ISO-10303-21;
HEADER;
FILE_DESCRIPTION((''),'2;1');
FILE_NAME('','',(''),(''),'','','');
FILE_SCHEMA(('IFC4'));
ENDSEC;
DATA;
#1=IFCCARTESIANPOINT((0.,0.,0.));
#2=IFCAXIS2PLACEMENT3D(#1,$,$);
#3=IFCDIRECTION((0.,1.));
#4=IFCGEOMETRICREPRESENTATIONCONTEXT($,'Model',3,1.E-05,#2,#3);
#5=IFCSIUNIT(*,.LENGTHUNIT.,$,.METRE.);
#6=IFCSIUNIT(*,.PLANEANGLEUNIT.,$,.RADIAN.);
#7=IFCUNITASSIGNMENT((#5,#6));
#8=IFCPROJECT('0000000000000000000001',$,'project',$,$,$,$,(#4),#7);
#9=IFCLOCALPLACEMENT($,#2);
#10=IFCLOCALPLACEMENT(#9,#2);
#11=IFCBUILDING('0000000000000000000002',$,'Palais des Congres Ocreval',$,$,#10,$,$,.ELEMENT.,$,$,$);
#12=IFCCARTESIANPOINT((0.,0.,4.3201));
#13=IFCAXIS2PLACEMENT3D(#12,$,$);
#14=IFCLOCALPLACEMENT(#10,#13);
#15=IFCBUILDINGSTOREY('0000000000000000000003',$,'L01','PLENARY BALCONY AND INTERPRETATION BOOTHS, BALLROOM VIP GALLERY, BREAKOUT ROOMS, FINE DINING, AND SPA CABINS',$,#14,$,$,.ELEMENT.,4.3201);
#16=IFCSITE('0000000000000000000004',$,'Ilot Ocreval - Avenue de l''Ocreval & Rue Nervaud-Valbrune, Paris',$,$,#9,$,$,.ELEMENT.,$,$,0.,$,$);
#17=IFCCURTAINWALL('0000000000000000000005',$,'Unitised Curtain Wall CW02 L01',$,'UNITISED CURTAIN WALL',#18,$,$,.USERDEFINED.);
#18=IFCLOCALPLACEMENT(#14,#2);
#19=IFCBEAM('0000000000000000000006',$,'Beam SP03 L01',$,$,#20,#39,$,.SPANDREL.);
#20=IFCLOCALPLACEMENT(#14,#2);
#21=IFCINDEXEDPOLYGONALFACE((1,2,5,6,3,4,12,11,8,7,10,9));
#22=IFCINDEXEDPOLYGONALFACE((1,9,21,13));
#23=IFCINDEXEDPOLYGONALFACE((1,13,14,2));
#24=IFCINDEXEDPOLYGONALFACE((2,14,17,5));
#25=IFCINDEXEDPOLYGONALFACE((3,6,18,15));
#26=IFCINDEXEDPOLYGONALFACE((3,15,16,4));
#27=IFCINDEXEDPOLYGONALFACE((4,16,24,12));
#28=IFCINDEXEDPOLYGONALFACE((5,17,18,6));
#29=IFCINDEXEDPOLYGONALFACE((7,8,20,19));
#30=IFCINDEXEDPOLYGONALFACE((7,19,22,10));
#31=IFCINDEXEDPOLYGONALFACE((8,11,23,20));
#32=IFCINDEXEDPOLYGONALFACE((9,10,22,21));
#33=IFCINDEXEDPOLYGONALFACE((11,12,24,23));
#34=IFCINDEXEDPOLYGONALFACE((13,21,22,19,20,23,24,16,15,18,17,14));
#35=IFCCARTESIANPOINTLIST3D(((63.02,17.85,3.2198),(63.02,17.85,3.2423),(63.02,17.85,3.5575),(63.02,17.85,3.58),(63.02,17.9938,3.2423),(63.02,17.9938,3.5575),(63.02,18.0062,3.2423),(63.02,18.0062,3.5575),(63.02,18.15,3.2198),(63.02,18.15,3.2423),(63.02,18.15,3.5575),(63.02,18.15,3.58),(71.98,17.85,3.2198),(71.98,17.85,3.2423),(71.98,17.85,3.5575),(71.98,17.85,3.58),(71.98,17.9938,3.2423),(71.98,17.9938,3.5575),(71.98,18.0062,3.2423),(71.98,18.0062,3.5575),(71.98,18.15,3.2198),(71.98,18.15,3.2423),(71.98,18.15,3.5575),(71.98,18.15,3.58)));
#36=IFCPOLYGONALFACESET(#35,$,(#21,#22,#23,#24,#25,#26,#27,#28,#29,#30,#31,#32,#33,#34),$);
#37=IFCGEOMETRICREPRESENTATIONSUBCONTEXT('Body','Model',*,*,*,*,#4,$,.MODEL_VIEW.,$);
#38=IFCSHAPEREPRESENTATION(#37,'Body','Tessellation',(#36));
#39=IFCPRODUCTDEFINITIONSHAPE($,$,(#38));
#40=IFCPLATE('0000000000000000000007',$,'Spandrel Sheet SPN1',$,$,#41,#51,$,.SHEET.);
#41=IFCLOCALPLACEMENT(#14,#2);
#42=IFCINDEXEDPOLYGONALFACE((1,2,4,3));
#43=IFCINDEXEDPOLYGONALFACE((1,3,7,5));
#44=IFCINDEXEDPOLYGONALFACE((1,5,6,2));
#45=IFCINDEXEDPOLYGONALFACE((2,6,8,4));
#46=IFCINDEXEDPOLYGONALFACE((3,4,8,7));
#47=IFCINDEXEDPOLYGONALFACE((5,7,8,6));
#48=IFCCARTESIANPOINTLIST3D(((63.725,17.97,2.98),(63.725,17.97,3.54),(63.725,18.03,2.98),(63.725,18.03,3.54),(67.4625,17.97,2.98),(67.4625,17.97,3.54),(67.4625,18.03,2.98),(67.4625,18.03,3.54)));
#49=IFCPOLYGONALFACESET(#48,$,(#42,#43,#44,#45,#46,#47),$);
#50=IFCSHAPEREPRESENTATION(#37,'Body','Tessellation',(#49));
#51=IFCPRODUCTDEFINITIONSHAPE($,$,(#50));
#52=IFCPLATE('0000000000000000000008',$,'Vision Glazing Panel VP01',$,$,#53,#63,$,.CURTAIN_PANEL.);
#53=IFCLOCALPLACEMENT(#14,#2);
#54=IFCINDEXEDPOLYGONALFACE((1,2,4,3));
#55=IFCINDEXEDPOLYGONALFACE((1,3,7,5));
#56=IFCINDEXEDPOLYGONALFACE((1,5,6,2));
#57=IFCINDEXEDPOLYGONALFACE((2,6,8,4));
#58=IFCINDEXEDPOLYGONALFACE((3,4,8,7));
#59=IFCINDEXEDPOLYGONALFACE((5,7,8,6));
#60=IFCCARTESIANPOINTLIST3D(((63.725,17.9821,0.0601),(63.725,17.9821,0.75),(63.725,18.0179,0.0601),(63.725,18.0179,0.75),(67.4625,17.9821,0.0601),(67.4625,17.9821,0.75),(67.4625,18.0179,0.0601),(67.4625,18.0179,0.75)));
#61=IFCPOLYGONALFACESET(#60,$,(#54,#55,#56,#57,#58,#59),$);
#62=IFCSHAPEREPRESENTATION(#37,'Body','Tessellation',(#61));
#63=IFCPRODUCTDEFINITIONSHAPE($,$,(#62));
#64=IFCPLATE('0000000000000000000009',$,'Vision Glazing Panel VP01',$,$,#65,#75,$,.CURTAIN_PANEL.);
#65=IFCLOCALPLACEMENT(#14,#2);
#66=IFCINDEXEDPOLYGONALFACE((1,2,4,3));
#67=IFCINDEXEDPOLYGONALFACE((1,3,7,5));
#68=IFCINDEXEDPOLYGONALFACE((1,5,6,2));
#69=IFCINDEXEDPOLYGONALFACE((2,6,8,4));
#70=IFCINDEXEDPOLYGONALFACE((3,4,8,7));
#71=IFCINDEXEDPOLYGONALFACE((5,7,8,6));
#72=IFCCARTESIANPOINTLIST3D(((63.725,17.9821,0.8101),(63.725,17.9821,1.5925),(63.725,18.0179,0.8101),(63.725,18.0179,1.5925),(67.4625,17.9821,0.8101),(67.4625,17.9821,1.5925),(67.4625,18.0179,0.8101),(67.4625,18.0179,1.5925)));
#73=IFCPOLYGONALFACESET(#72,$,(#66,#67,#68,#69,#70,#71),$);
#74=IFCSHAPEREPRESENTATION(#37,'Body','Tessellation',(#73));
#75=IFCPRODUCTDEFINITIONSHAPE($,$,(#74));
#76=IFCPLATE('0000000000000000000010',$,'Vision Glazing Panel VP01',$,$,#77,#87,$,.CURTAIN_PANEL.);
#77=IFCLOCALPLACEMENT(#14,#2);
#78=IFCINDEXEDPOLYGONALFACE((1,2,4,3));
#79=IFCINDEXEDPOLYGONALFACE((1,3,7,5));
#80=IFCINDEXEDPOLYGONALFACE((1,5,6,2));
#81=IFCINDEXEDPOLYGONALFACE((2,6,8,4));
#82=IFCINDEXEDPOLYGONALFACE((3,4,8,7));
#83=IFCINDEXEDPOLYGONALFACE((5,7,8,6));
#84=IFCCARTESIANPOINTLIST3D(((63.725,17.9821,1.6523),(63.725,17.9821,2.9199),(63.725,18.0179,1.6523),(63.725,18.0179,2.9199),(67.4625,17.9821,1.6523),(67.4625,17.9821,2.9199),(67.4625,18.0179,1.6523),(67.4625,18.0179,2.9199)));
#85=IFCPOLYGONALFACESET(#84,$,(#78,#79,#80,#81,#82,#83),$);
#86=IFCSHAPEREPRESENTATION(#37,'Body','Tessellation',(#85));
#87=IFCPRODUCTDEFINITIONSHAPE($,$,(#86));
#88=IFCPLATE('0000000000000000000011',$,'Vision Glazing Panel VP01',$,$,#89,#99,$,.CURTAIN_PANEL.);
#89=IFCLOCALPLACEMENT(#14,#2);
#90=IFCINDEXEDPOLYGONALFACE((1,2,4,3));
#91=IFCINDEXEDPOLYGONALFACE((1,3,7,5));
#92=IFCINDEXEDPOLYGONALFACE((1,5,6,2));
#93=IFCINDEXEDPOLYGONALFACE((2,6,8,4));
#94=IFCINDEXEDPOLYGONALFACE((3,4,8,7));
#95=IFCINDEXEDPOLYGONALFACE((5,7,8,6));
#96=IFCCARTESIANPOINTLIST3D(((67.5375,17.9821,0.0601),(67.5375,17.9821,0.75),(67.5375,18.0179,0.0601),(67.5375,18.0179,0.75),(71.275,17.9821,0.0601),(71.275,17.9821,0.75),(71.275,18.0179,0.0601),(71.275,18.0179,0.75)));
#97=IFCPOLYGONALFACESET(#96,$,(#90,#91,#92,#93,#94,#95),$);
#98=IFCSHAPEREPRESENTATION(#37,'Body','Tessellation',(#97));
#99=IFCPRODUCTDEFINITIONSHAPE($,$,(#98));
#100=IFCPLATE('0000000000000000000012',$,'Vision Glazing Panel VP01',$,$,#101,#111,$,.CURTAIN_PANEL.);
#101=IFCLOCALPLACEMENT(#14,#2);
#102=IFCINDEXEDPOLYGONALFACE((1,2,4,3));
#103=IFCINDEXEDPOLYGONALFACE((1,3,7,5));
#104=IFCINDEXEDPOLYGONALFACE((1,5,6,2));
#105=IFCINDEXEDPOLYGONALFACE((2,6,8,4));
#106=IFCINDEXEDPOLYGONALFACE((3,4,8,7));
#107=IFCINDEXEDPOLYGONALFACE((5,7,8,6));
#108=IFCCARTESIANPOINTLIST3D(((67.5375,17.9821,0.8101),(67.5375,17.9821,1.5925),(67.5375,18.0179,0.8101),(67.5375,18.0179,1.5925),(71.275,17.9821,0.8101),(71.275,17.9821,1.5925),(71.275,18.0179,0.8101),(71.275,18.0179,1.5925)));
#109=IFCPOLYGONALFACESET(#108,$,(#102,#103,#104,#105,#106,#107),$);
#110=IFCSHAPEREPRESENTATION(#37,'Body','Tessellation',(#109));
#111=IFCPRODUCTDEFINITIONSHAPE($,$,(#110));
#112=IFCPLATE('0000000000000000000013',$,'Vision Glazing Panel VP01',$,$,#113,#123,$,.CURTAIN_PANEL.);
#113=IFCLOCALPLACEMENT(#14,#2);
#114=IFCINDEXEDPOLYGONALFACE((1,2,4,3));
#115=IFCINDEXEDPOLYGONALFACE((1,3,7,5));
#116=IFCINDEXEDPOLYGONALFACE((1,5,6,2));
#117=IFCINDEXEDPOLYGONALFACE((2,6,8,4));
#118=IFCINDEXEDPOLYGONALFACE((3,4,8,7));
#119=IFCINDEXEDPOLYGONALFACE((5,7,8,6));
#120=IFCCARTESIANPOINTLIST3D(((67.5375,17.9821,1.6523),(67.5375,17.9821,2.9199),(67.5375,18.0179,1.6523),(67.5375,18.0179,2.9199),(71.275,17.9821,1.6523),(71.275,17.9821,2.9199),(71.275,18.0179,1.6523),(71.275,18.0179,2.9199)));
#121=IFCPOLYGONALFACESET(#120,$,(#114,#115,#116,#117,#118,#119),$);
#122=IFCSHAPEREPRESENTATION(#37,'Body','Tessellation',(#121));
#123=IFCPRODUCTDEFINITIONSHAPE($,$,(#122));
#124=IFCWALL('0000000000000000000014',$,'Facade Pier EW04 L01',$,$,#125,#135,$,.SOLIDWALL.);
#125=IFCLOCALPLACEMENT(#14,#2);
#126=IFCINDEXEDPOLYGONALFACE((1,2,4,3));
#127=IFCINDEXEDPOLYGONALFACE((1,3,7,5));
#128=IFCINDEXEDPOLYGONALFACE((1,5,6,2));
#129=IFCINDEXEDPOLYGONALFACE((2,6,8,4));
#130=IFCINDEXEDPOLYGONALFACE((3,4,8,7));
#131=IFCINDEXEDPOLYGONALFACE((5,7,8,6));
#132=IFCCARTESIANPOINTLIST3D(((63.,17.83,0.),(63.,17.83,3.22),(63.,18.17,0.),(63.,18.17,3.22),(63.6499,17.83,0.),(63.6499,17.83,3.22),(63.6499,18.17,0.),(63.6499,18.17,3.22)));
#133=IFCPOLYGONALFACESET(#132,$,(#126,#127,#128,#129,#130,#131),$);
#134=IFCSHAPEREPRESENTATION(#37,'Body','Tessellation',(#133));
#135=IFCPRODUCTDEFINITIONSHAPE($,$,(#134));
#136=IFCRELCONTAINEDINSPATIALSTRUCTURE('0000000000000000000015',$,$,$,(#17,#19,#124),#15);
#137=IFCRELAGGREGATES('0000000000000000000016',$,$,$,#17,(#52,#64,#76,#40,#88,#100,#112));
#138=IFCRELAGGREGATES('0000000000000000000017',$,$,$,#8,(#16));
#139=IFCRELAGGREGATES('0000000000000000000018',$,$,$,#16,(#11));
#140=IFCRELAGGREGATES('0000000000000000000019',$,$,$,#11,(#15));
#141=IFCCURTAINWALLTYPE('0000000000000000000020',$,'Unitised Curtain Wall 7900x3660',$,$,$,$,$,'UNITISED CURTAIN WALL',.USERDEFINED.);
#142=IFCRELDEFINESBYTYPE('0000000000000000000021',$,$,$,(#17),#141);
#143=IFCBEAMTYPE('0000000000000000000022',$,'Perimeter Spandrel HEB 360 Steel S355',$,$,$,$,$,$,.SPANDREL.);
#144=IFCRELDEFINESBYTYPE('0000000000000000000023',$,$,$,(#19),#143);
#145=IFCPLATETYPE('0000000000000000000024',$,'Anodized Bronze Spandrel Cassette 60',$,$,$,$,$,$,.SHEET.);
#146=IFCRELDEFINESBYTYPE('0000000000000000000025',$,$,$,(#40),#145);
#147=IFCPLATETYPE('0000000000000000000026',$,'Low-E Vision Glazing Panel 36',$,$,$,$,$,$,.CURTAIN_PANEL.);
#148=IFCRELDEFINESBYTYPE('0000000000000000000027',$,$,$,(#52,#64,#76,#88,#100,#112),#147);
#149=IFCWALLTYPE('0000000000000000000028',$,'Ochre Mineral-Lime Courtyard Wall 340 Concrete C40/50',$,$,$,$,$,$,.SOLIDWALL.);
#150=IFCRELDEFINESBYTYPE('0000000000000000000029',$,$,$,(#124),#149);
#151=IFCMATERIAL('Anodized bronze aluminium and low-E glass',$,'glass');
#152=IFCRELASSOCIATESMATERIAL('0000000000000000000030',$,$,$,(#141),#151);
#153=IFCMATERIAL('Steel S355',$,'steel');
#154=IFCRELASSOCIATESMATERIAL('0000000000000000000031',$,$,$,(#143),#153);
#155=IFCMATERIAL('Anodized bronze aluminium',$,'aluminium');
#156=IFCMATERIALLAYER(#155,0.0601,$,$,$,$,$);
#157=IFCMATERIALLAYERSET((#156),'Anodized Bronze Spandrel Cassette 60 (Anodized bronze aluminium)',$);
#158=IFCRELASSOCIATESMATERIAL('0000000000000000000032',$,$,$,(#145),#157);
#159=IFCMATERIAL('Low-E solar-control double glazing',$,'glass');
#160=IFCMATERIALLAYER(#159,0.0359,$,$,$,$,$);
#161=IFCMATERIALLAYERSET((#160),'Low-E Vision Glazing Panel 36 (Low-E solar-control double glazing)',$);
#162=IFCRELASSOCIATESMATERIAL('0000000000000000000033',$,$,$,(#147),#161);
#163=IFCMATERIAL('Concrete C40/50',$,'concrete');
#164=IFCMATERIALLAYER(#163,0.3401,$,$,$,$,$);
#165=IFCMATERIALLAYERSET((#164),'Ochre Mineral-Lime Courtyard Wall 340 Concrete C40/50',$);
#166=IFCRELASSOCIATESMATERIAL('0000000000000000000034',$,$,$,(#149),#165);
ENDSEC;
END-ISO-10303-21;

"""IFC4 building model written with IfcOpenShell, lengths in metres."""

from ifc_helpers import new_model, si_unit, direction, frame, frame_2d, origin, origin_2d, place, context, subcontext, project, spatial, rectangle, i_section, extrude, material, layer, layer_set, material_profile, profile_set, type_object, element, aggregate, save


model = new_model("IFC4")

# Units and contexts
model_context = context("Model", 3, precision=1e-05, world=origin(), true_north=direction((0.0, 1.0)))
body_context = subcontext(model_context, "Body", "Model", "MODEL_VIEW")
ifc_project = project(units=[si_unit("LENGTHUNIT", "METRE"), si_unit("PLANEANGLEUNIT", "RADIAN")], contexts=[model_context])

# Site, building, storey
site_placement = place(None, origin())
site = spatial("IfcSite", under=ifc_project, at=site_placement, Name="Ilot Ocreval - Avenue de l'Ocreval & Rue Nervaud-Valbrune, Paris", CompositionType="ELEMENT", RefElevation=0.0)
building_placement = place(site_placement, origin())
building = spatial("IfcBuilding", under=site, at=building_placement, Name="Palais des Congres Ocreval", CompositionType="ELEMENT")
storey_placement = place(building_placement, frame((0.0, 0.0, 4.3201)))
storey = spatial("IfcBuildingStorey", under=building, at=storey_placement, Name="L01", Description="PLENARY BALCONY AND INTERPRETATION BOOTHS, BALLROOM VIP GALLERY, BREAKOUT ROOMS, FINE DINING, AND SPA CABINS", CompositionType="ELEMENT", Elevation=4.3201)

# Shared definitions
ifc_material_1 = material(Name="Concrete C40/50", Category="concrete")

# Curtain wall
ifc_material_2 = material(Name="Anodized bronze aluminium and low-E glass", Category="glass")
curtain_wall_type = type_object("IfcCurtainWallType", Name="Unitised Curtain Wall 7900x3660", ElementType="UNITISED CURTAIN WALL", PredefinedType="USERDEFINED", material=ifc_material_2)
curtain_wall_placement = place(storey_placement, origin())
curtain_wall = element("IfcCurtainWall", 1, at=curtain_wall_placement, inside=storey, type_object=curtain_wall_type, Name="Unitised Curtain Wall CW02 L01", ObjectType="UNITISED CURTAIN WALL", PredefinedType="USERDEFINED")
ifc_material_3 = material(Name="Anodized bronze aluminium", Category="aluminium")

# Beam
ifc_material_4 = material(Name="Steel S355", Category="steel")
ifc_material_profile_1 = material_profile(ifc_material_4, i_section(OverallWidth=0.3, OverallDepth=0.3601, WebThickness=0.0125, FlangeThickness=0.0225, at=origin_2d()), Name="HEB 360")
ifc_profile_set_1 = profile_set([ifc_material_profile_1], Name="Steel S355")
beam_type = type_object("IfcBeamType", Name="Perimeter Spandrel HEB 360 Steel S355", PredefinedType="SPANDREL", material=ifc_profile_set_1)
beam_placement = place(storey_placement, frame((63.02, 18.0, 3.3999), z_axis=(1.0, 0.0, 0.0), x_axis=(0.0, 1.0, 0.0)))
element("IfcBeam", 2, at=beam_placement, inside=storey, type_object=beam_type, Name="Beam SP03 L01", PredefinedType="SPANDREL", context=body_context, shape_type="SweptSolid", body=[
    extrude(i_section(OverallWidth=0.3, OverallDepth=0.3601, WebThickness=0.0125, FlangeThickness=0.0225, at=origin_2d()), origin(), (0.0, 0.0, 1.0), 8.96),
])

# Plates
ifc_layer_1 = layer(ifc_material_3, 0.0601)
ifc_layer_set_1 = layer_set([ifc_layer_1], Name="Anodized Bronze Spandrel Cassette 60 (Anodized bronze aluminium)")
plate_type_1 = type_object("IfcPlateType", Name="Anodized Bronze Spandrel Cassette 60", PredefinedType="SHEET", material=ifc_layer_set_1)
plate_1_placement = place(storey_placement, frame((65.5938, 18.0, 2.98), z_axis=(0.0, 0.0, 1.0), x_axis=(1.0, 0.0, 0.0)))
plate_1 = element("IfcPlate", 3, at=plate_1_placement, type_object=plate_type_1, Name="Spandrel Sheet SPN1", PredefinedType="SHEET", context=body_context, shape_type="SweptSolid", body=[
    extrude(rectangle(XDim=3.7375, YDim=0.0601, at=origin_2d()), origin(), (0.0, 0.0, 1.0), 0.5601),
])
ifc_material_5 = material(Name="Low-E solar-control double glazing", Category="glass")
ifc_layer_2 = layer(ifc_material_5, 0.0359)
ifc_layer_set_2 = layer_set([ifc_layer_2], Name="Low-E Vision Glazing Panel 36 (Low-E solar-control double glazing)")
plate_type_2 = type_object("IfcPlateType", Name="Low-E Vision Glazing Panel 36", PredefinedType="CURTAIN_PANEL", material=ifc_layer_set_2)
plate_2_placement = place(storey_placement, frame((65.5938, 18.0, 0.0601), z_axis=(0.0, 0.0, 1.0), x_axis=(1.0, 0.0, 0.0)))
plate_2 = element("IfcPlate", 4, at=plate_2_placement, type_object=plate_type_2, Name="Vision Glazing Panel VP01", PredefinedType="CURTAIN_PANEL", context=body_context, shape_type="SweptSolid", body=[
    extrude(rectangle(XDim=3.7375, YDim=0.0359, at=origin_2d()), origin(), (0.0, 0.0, 1.0), 0.6899),
])
plate_3_placement = place(storey_placement, frame((65.5938, 18.0, 0.8101), z_axis=(0.0, 0.0, 1.0), x_axis=(1.0, 0.0, 0.0)))
plate_3 = element("IfcPlate", 5, at=plate_3_placement, type_object=plate_type_2, Name="Vision Glazing Panel VP01", PredefinedType="CURTAIN_PANEL", context=body_context, shape_type="SweptSolid", body=[
    extrude(rectangle(XDim=3.7375, YDim=0.0359, at=origin_2d()), origin(), (0.0, 0.0, 1.0), 0.7825),
])
plate_4_placement = place(storey_placement, frame((65.5938, 18.0, 1.6523), z_axis=(0.0, 0.0, 1.0), x_axis=(1.0, 0.0, 0.0)))
plate_4 = element("IfcPlate", 6, at=plate_4_placement, type_object=plate_type_2, Name="Vision Glazing Panel VP01", PredefinedType="CURTAIN_PANEL", context=body_context, shape_type="SweptSolid", body=[
    extrude(rectangle(XDim=3.7375, YDim=0.0359, at=origin_2d()), origin(), (0.0, 0.0, 1.0), 1.2676),
])
plate_5_placement = place(storey_placement, frame((69.4062, 18.0, 0.0601), z_axis=(0.0, 0.0, 1.0), x_axis=(1.0, 0.0, 0.0)))
plate_5 = element("IfcPlate", 7, at=plate_5_placement, type_object=plate_type_2, Name="Vision Glazing Panel VP01", PredefinedType="CURTAIN_PANEL", context=body_context, shape_type="SweptSolid", body=[
    extrude(rectangle(XDim=3.7375, YDim=0.0359, at=origin_2d()), origin(), (0.0, 0.0, 1.0), 0.6899),
])
plate_6_placement = place(storey_placement, frame((69.4062, 18.0, 0.8101), z_axis=(0.0, 0.0, 1.0), x_axis=(1.0, 0.0, 0.0)))
plate_6 = element("IfcPlate", 8, at=plate_6_placement, type_object=plate_type_2, Name="Vision Glazing Panel VP01", PredefinedType="CURTAIN_PANEL", context=body_context, shape_type="SweptSolid", body=[
    extrude(rectangle(XDim=3.7375, YDim=0.0359, at=origin_2d()), origin(), (0.0, 0.0, 1.0), 0.7825),
])
plate_7_placement = place(storey_placement, frame((69.4062, 18.0, 1.6523), z_axis=(0.0, 0.0, 1.0), x_axis=(1.0, 0.0, 0.0)))
plate_7 = element("IfcPlate", 9, at=plate_7_placement, type_object=plate_type_2, Name="Vision Glazing Panel VP01", PredefinedType="CURTAIN_PANEL", context=body_context, shape_type="SweptSolid", body=[
    extrude(rectangle(XDim=3.7375, YDim=0.0359, at=origin_2d()), origin(), (0.0, 0.0, 1.0), 1.2676),
])
aggregate(curtain_wall, [plate_2, plate_3, plate_4, plate_1, plate_5, plate_6, plate_7])

# Wall
ifc_layer_3 = layer(ifc_material_1, 0.3401)
ifc_layer_set_3 = layer_set([ifc_layer_3], Name="Ochre Mineral-Lime Courtyard Wall 340 Concrete C40/50")
wall_type = type_object("IfcWallType", Name="Ochre Mineral-Lime Courtyard Wall 340 Concrete C40/50", PredefinedType="SOLIDWALL", material=ifc_layer_set_3)
wall_placement = place(storey_placement, frame((63.0, 18.0, 0.0), z_axis=(0.0, 0.0, 1.0), x_axis=(1.0, 0.0, 0.0)))
element("IfcWall", 10, at=wall_placement, inside=storey, type_object=wall_type, Name="Facade Pier EW04 L01", PredefinedType="SOLIDWALL", context=body_context, shape_type="SweptSolid", body=[
    extrude(rectangle(XDim=0.6499, YDim=0.3401, at=frame_2d((0.325, 0.0))), origin(), (0.0, 0.0, 1.0), 3.22),
])

save(model, "model.ifc")
